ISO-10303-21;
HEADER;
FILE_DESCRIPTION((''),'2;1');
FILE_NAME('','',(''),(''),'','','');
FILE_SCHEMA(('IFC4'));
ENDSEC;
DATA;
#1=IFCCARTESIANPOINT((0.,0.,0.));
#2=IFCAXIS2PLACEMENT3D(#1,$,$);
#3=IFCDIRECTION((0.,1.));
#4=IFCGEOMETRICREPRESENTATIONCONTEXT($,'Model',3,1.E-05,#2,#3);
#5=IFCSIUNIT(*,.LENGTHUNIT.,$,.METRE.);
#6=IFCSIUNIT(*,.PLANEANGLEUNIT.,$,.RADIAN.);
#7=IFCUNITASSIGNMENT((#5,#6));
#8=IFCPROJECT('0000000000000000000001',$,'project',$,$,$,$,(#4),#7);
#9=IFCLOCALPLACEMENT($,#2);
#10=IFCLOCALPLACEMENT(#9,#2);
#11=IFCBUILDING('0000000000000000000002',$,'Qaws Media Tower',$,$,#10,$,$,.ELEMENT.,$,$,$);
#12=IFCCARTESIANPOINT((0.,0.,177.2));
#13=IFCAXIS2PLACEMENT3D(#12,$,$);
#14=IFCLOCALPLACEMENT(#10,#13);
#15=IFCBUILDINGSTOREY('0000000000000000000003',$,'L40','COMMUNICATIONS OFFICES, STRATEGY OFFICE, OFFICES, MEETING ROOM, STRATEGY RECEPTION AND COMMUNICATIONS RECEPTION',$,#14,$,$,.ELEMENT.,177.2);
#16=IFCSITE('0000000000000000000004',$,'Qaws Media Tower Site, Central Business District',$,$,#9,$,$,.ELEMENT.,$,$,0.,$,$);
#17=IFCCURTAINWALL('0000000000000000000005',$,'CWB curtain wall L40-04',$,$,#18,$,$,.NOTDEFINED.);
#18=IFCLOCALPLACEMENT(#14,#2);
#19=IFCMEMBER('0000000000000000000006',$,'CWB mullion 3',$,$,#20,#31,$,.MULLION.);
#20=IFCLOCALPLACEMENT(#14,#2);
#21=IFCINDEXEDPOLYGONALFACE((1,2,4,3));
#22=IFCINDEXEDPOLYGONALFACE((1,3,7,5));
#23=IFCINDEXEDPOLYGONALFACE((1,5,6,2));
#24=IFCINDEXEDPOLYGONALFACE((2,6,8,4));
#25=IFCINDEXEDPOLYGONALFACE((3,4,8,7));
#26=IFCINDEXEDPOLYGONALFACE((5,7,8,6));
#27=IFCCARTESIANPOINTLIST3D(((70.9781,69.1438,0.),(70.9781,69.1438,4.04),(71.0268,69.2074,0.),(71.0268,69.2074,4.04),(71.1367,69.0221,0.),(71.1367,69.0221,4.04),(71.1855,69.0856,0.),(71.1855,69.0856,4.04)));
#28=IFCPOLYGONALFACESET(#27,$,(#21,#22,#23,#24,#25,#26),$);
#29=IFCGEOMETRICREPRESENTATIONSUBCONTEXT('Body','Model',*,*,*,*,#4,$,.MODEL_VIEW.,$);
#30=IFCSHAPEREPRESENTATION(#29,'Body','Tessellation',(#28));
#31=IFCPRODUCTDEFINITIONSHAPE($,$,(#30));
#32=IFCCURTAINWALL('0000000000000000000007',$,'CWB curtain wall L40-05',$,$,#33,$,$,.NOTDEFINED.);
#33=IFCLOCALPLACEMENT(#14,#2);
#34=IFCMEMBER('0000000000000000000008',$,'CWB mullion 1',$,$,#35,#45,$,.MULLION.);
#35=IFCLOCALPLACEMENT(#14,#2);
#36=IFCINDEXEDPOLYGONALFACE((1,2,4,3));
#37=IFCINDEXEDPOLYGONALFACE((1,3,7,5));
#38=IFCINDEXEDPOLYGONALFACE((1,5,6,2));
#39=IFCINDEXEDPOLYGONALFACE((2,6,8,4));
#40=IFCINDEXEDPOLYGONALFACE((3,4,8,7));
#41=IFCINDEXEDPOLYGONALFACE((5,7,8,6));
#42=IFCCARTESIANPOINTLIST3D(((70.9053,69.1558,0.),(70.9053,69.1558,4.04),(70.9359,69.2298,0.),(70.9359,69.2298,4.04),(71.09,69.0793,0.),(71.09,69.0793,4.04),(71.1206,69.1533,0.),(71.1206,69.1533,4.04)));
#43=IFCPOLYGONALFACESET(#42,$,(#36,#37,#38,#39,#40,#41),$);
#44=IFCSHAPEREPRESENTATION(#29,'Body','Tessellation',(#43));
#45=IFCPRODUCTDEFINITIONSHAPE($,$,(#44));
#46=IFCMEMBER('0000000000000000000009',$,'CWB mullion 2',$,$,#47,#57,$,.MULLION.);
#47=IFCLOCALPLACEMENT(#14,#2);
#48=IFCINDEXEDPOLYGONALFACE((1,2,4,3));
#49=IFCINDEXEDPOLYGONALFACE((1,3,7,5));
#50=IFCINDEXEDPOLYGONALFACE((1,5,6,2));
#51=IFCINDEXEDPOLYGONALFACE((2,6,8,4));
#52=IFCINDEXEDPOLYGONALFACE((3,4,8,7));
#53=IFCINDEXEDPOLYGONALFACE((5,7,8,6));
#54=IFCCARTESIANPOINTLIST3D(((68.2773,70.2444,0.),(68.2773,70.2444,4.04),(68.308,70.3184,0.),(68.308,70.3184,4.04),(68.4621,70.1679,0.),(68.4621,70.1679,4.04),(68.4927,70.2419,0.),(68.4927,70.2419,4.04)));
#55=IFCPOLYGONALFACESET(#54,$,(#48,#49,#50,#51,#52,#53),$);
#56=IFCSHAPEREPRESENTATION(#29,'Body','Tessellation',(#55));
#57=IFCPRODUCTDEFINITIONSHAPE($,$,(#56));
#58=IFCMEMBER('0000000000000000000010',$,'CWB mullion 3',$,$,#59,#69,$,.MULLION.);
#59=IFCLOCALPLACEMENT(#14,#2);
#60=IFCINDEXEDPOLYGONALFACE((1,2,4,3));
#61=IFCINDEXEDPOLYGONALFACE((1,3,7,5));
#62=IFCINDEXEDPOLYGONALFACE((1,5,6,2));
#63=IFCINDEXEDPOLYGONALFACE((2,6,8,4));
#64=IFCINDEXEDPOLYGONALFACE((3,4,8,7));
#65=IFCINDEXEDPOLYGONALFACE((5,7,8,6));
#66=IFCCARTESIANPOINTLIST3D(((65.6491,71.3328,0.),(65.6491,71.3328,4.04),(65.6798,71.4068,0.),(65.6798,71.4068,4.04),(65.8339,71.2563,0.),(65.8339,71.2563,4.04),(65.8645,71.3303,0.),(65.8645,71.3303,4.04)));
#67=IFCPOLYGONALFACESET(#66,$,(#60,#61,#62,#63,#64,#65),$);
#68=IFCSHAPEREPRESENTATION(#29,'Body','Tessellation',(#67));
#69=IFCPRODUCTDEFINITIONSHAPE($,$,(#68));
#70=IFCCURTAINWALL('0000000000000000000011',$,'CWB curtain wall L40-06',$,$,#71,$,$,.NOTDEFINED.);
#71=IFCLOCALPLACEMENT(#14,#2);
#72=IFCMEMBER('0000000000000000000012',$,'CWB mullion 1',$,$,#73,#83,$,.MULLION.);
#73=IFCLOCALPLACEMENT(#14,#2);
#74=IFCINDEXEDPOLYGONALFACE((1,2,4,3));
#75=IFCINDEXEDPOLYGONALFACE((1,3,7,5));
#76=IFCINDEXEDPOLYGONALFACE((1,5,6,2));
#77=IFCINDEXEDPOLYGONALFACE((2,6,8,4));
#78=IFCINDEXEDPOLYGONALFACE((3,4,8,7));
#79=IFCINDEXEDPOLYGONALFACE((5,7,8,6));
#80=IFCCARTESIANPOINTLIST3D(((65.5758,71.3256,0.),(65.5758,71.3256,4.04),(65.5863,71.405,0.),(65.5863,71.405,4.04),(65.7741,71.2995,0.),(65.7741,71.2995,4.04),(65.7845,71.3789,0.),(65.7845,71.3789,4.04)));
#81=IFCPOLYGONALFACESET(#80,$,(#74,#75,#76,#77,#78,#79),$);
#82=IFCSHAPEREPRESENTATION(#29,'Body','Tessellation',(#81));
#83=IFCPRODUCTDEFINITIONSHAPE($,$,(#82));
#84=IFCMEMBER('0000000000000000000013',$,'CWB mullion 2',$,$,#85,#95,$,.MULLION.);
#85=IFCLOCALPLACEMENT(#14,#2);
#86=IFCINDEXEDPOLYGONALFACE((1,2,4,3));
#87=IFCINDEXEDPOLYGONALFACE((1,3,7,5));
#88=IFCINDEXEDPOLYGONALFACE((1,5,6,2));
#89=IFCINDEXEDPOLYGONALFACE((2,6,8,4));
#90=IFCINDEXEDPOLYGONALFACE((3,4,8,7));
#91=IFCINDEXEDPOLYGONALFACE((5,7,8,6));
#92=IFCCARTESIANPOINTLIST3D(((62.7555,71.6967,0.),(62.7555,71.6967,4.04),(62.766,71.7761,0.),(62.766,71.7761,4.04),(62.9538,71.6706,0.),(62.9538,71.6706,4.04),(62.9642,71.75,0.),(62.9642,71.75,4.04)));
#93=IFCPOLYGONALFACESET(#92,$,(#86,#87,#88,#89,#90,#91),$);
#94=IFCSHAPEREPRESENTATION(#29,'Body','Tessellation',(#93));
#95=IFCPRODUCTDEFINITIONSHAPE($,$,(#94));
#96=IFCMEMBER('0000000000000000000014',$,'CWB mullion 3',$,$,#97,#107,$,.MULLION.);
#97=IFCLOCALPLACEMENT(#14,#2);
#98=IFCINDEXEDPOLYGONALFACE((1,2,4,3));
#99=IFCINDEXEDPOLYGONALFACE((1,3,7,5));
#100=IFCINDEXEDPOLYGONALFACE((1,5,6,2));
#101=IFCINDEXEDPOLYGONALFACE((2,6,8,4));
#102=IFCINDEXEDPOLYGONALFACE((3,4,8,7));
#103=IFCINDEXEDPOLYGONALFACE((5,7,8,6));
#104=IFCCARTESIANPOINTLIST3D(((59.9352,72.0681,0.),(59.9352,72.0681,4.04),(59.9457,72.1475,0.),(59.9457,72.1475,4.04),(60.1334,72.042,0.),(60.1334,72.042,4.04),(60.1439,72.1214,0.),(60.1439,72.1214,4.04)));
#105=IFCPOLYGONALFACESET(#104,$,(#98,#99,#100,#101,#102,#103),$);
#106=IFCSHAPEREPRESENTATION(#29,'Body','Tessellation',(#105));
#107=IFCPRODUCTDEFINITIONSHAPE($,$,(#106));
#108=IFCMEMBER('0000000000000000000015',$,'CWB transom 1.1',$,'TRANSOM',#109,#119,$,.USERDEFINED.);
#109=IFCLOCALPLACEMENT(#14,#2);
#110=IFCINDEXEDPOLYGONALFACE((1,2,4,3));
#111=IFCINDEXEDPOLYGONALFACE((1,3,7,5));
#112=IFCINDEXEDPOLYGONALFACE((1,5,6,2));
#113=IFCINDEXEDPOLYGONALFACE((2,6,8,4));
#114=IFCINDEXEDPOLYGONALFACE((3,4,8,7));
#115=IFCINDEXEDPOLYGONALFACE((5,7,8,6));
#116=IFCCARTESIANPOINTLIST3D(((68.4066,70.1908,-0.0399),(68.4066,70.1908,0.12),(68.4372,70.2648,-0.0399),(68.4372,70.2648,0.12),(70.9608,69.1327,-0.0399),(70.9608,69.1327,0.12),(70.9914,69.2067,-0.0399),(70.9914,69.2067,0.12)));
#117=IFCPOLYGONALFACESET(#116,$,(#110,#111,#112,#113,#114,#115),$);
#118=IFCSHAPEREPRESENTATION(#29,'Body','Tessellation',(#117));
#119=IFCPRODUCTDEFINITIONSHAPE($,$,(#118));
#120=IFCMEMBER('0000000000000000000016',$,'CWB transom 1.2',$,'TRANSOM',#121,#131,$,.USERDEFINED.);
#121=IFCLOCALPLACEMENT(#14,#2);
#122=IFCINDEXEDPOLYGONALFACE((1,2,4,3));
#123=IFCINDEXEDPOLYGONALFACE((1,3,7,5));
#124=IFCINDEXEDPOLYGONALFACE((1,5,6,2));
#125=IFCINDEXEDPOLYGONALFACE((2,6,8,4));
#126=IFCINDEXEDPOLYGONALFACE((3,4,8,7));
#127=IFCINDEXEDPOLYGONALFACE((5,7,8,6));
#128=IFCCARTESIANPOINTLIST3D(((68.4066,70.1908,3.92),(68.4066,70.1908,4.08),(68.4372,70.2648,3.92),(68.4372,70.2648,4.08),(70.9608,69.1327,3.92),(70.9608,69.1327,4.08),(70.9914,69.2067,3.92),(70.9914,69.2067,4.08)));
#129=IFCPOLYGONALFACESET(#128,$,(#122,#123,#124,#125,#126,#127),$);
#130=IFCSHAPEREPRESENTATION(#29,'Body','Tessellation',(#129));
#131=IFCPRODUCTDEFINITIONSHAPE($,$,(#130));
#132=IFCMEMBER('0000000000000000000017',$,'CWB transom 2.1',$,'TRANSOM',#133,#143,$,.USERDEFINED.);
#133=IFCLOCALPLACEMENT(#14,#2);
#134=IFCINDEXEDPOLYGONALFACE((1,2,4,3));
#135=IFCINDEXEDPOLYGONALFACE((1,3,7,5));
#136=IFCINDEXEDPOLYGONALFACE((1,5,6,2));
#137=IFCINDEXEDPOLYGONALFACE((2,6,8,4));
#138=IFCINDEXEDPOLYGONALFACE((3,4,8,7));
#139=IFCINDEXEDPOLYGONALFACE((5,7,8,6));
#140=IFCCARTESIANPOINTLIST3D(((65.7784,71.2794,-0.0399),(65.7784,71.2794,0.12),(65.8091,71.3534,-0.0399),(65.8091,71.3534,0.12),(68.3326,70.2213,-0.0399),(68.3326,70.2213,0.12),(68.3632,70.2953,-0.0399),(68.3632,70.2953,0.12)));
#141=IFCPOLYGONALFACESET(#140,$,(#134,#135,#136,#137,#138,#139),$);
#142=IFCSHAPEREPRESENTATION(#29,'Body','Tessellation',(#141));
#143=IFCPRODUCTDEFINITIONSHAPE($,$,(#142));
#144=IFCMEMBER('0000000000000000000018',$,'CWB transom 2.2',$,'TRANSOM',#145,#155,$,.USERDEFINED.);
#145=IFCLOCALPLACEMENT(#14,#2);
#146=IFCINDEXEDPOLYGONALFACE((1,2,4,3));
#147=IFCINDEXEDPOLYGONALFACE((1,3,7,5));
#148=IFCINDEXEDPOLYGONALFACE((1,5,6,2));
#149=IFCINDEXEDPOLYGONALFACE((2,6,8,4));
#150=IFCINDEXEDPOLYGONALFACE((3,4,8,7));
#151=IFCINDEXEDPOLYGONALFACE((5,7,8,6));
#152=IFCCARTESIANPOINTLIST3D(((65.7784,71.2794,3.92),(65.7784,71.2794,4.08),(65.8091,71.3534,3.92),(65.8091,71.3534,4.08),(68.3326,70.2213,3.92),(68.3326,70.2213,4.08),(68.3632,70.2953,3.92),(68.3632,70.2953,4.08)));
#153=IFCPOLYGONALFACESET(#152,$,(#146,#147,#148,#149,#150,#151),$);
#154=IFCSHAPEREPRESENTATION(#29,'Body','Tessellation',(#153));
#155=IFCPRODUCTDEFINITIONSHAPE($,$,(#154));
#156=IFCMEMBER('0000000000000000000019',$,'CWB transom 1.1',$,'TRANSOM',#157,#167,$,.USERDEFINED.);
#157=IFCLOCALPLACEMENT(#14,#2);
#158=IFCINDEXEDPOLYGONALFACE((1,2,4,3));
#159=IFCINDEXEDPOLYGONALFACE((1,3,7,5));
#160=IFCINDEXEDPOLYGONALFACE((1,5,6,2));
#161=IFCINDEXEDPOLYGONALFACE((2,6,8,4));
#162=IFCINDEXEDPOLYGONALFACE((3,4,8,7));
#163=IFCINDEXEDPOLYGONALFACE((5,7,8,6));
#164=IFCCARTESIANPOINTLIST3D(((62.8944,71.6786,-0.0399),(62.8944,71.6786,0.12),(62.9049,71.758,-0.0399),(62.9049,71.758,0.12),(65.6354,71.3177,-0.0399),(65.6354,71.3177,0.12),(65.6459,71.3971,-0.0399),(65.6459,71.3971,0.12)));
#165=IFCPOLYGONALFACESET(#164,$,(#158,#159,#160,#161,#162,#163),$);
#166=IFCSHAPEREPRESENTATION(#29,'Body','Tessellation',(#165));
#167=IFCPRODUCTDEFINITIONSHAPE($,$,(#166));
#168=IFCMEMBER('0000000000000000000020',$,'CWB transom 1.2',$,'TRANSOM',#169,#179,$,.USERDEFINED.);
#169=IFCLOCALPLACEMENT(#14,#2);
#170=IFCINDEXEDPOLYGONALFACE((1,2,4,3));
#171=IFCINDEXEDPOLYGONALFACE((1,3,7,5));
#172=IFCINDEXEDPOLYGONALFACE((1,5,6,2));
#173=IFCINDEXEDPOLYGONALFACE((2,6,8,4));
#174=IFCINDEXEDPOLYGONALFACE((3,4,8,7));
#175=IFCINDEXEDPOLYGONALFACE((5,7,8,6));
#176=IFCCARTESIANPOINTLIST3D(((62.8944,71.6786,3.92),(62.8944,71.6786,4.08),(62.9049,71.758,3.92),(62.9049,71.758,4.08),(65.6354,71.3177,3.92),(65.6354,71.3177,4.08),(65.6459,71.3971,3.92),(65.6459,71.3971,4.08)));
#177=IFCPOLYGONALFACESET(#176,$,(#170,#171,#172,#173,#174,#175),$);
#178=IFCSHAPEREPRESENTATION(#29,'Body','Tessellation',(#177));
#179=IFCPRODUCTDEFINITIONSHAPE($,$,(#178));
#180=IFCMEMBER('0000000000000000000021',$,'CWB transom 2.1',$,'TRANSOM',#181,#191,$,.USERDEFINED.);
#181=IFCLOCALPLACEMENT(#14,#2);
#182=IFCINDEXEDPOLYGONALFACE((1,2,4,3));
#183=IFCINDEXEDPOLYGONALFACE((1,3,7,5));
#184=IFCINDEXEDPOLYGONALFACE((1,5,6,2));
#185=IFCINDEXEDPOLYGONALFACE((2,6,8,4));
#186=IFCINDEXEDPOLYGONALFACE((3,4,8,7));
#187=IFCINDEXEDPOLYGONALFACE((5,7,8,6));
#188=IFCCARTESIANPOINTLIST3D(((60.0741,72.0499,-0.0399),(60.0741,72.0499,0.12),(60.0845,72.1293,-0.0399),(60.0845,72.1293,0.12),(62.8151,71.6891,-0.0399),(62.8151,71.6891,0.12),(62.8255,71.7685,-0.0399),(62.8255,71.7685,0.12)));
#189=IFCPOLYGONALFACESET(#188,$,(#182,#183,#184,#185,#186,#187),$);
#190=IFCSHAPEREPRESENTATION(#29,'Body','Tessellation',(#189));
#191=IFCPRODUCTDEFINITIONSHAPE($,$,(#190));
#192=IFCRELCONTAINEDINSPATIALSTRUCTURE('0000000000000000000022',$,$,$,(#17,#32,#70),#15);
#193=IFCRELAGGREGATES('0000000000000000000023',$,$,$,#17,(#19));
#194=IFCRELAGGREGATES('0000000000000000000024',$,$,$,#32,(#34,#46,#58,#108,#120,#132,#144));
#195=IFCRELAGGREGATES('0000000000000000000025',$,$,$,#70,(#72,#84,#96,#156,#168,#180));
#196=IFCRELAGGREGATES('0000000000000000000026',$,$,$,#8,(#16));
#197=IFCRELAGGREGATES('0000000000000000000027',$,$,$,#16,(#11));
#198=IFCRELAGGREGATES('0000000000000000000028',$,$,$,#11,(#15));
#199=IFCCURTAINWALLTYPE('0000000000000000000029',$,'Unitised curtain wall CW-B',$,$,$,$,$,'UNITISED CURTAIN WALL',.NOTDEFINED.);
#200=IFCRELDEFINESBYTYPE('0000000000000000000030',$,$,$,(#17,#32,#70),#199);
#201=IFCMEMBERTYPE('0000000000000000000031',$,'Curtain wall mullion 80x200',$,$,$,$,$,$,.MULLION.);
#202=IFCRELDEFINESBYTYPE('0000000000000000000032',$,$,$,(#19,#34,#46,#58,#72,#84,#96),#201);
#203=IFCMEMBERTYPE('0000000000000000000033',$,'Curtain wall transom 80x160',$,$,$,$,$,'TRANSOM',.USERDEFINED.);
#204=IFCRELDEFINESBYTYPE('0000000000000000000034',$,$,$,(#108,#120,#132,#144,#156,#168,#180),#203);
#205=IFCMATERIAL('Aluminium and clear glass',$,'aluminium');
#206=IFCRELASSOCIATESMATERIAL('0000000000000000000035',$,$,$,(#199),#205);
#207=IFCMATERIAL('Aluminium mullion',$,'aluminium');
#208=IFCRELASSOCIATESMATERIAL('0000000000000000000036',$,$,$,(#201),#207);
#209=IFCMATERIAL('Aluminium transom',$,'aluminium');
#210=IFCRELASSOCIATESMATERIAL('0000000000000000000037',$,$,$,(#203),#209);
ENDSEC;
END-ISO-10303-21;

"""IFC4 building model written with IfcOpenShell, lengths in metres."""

from ifc_helpers import new_model, si_unit, direction, frame, origin, origin_2d, place, context, subcontext, project, spatial, rectangle, extrude, material, material_profile, profile_set, type_object, element, aggregate, save


model = new_model("IFC4")

# Units and contexts
model_context = context("Model", 3, precision=1e-05, world=origin(), true_north=direction((0.0, 1.0)))
body_context = subcontext(model_context, "Body", "Model", "MODEL_VIEW")
ifc_project = project(units=[si_unit("LENGTHUNIT", "METRE"), si_unit("PLANEANGLEUNIT", "RADIAN")], contexts=[model_context])

# Site, building, storey
site_placement = place(None, origin())
site = spatial("IfcSite", under=ifc_project, at=site_placement, Name="Qaws Media Tower Site, Central Business District", CompositionType="ELEMENT", RefElevation=0.0)
building_placement = place(site_placement, origin())
building = spatial("IfcBuilding", under=site, at=building_placement, Name="Qaws Media Tower", CompositionType="ELEMENT")
storey_placement = place(building_placement, frame((0.0, 0.0, 177.2)))
storey = spatial("IfcBuildingStorey", under=building, at=storey_placement, Name="L40", Description="COMMUNICATIONS OFFICES, STRATEGY OFFICE, OFFICES, MEETING ROOM, STRATEGY RECEPTION AND COMMUNICATIONS RECEPTION", CompositionType="ELEMENT", Elevation=177.2)

# Curtain wall, member
ifc_material_1 = material(Name="Aluminium and clear glass", Category="aluminium")
curtain_wall_type = type_object("IfcCurtainWallType", Name="Unitised curtain wall CW-B", ElementType="UNITISED CURTAIN WALL", PredefinedType="NOTDEFINED", material=ifc_material_1)
curtain_wall_1_placement = place(storey_placement, origin())
curtain_wall_1 = element("IfcCurtainWall", 1, at=curtain_wall_1_placement, inside=storey, type_object=curtain_wall_type, Name="CWB curtain wall L40-04", PredefinedType="NOTDEFINED")
ifc_material_2 = material(Name="Aluminium mullion", Category="aluminium")
ifc_material_profile_1 = material_profile(ifc_material_2, rectangle(XDim=0.0801, YDim=0.2, at=origin_2d()), Name="80x200")
ifc_profile_set_1 = profile_set([ifc_material_profile_1], Name="Aluminium mullion")
member_type_1 = type_object("IfcMemberType", Name="Curtain wall mullion 80x200", PredefinedType="MULLION", material=ifc_profile_set_1)
member_1_placement = place(storey_placement, frame((71.0818, 69.1147, 0.0), z_axis=(0.0, 0.0, 1.0), x_axis=(-0.608761, -0.793353, 0.0)))
member_1 = element("IfcMember", 2, at=member_1_placement, type_object=member_type_1, Name="CWB mullion 3", PredefinedType="MULLION", context=body_context, shape_type="SweptSolid", body=[
    extrude(rectangle(XDim=0.0801, YDim=0.2, at=origin_2d()), origin(), (0.0, 0.0, 1.0), 4.04),
])
aggregate(curtain_wall_1, [member_1])

# Curtain walls, members
curtain_wall_2_placement = place(storey_placement, origin())
curtain_wall_2 = element("IfcCurtainWall", 3, at=curtain_wall_2_placement, inside=storey, type_object=curtain_wall_type, Name="CWB curtain wall L40-05", PredefinedType="NOTDEFINED")
member_2_placement = place(storey_placement, frame((71.0129, 69.1545, 0.0), z_axis=(0.0, 0.0, 1.0), x_axis=(-0.382684, -0.923879, 0.0)))
member_2 = element("IfcMember", 4, at=member_2_placement, type_object=member_type_1, Name="CWB mullion 1", PredefinedType="MULLION", context=body_context, shape_type="SweptSolid", body=[
    extrude(rectangle(XDim=0.0801, YDim=0.2, at=origin_2d()), origin(), (0.0, 0.0, 1.0), 4.04),
])
member_3_placement = place(storey_placement, frame((68.385, 70.2432, 0.0), z_axis=(0.0, 0.0, 1.0), x_axis=(-0.382684, -0.923879, 0.0)))
member_3 = element("IfcMember", 5, at=member_3_placement, type_object=member_type_1, Name="CWB mullion 2", PredefinedType="MULLION", context=body_context, shape_type="SweptSolid", body=[
    extrude(rectangle(XDim=0.0801, YDim=0.2, at=origin_2d()), origin(), (0.0, 0.0, 1.0), 4.04),
])
member_4_placement = place(storey_placement, frame((65.7568, 71.3315, 0.0), z_axis=(0.0, 0.0, 1.0), x_axis=(-0.382684, -0.923879, 0.0)))
member_4 = element("IfcMember", 6, at=member_4_placement, type_object=member_type_1, Name="CWB mullion 3", PredefinedType="MULLION", context=body_context, shape_type="SweptSolid", body=[
    extrude(rectangle(XDim=0.0801, YDim=0.2, at=origin_2d()), origin(), (0.0, 0.0, 1.0), 4.04),
])
curtain_wall_3_placement = place(storey_placement, origin())
curtain_wall_3 = element("IfcCurtainWall", 7, at=curtain_wall_3_placement, inside=storey, type_object=curtain_wall_type, Name="CWB curtain wall L40-06", PredefinedType="NOTDEFINED")
member_5_placement = place(storey_placement, frame((65.6802, 71.3523, 0.0), z_axis=(0.0, 0.0, 1.0), x_axis=(-0.130526, -0.991445, 0.0)))
member_5 = element("IfcMember", 8, at=member_5_placement, type_object=member_type_1, Name="CWB mullion 1", PredefinedType="MULLION", context=body_context, shape_type="SweptSolid", body=[
    extrude(rectangle(XDim=0.0801, YDim=0.2, at=origin_2d()), origin(), (0.0, 0.0, 1.0), 4.04),
])
member_6_placement = place(storey_placement, frame((62.8599, 71.7234, 0.0), z_axis=(0.0, 0.0, 1.0), x_axis=(-0.130526, -0.991445, 0.0)))
member_6 = element("IfcMember", 9, at=member_6_placement, type_object=member_type_1, Name="CWB mullion 2", PredefinedType="MULLION", context=body_context, shape_type="SweptSolid", body=[
    extrude(rectangle(XDim=0.0801, YDim=0.2, at=origin_2d()), origin(), (0.0, 0.0, 1.0), 4.04),
])
member_7_placement = place(storey_placement, frame((60.0396, 72.0947, 0.0), z_axis=(0.0, 0.0, 1.0), x_axis=(-0.130526, -0.991445, 0.0)))
member_7 = element("IfcMember", 10, at=member_7_placement, type_object=member_type_1, Name="CWB mullion 3", PredefinedType="MULLION", context=body_context, shape_type="SweptSolid", body=[
    extrude(rectangle(XDim=0.0801, YDim=0.2, at=origin_2d()), origin(), (0.0, 0.0, 1.0), 4.04),
])

# Members
ifc_material_3 = material(Name="Aluminium transom", Category="aluminium")
ifc_material_profile_2 = material_profile(ifc_material_3, rectangle(XDim=0.0801, YDim=0.1599, at=origin_2d()), Name="80x160")
ifc_profile_set_2 = profile_set([ifc_material_profile_2], Name="Aluminium transom")
member_type_2 = type_object("IfcMemberType", Name="Curtain wall transom 80x160", ElementType="TRANSOM", PredefinedType="USERDEFINED", material=ifc_profile_set_2)
member_8_placement = place(storey_placement, frame((70.9761, 69.1697, 0.04), z_axis=(-0.923864, 0.382721, 0.0), x_axis=(-0.382721, -0.923864, 0.0)))
member_8 = element("IfcMember", 11, at=member_8_placement, type_object=member_type_2, Name="CWB transom 1.1", ObjectType="TRANSOM", PredefinedType="USERDEFINED", context=body_context, shape_type="SweptSolid", body=[
    extrude(rectangle(XDim=0.0801, YDim=0.1599, at=origin_2d()), origin(), (0.0, 0.0, 1.0), 2.7646),
])
member_9_placement = place(storey_placement, frame((70.9761, 69.1697, 4.0), z_axis=(-0.923864, 0.382721, 0.0), x_axis=(-0.382721, -0.923864, 0.0)))
member_9 = element("IfcMember", 12, at=member_9_placement, type_object=member_type_2, Name="CWB transom 1.2", ObjectType="TRANSOM", PredefinedType="USERDEFINED", context=body_context, shape_type="SweptSolid", body=[
    extrude(rectangle(XDim=0.0801, YDim=0.1599, at=origin_2d()), origin(), (0.0, 0.0, 1.0), 2.7646),
])
member_10_placement = place(storey_placement, frame((68.3479, 70.2583, 0.04), z_axis=(-0.923864, 0.382721, 0.0), x_axis=(-0.382721, -0.923864, 0.0)))
member_10 = element("IfcMember", 13, at=member_10_placement, type_object=member_type_2, Name="CWB transom 2.1", ObjectType="TRANSOM", PredefinedType="USERDEFINED", context=body_context, shape_type="SweptSolid", body=[
    extrude(rectangle(XDim=0.0801, YDim=0.1599, at=origin_2d()), origin(), (0.0, 0.0, 1.0), 2.7646),
])
member_11_placement = place(storey_placement, frame((68.3479, 70.2583, 4.0), z_axis=(-0.923864, 0.382721, 0.0), x_axis=(-0.382721, -0.923864, 0.0)))
member_11 = element("IfcMember", 14, at=member_11_placement, type_object=member_type_2, Name="CWB transom 2.2", ObjectType="TRANSOM", PredefinedType="USERDEFINED", context=body_context, shape_type="SweptSolid", body=[
    extrude(rectangle(XDim=0.0801, YDim=0.1599, at=origin_2d()), origin(), (0.0, 0.0, 1.0), 2.7646),
])
member_12_placement = place(storey_placement, frame((65.6406, 71.3574, 0.04), z_axis=(-0.991446, 0.130521, 0.0), x_axis=(-0.130521, -0.991446, 0.0)))
member_12 = element("IfcMember", 15, at=member_12_placement, type_object=member_type_2, Name="CWB transom 1.1", ObjectType="TRANSOM", PredefinedType="USERDEFINED", context=body_context, shape_type="SweptSolid", body=[
    extrude(rectangle(XDim=0.0801, YDim=0.1599, at=origin_2d()), origin(), (0.0, 0.0, 1.0), 2.7646),
])
member_13_placement = place(storey_placement, frame((65.6406, 71.3574, 4.0), z_axis=(-0.991446, 0.130521, 0.0), x_axis=(-0.130521, -0.991446, 0.0)))
member_13 = element("IfcMember", 16, at=member_13_placement, type_object=member_type_2, Name="CWB transom 1.2", ObjectType="TRANSOM", PredefinedType="USERDEFINED", context=body_context, shape_type="SweptSolid", body=[
    extrude(rectangle(XDim=0.0801, YDim=0.1599, at=origin_2d()), origin(), (0.0, 0.0, 1.0), 2.7646),
])
member_14_placement = place(storey_placement, frame((62.8203, 71.7288, 0.04), z_axis=(-0.991446, 0.130521, 0.0), x_axis=(-0.130521, -0.991446, 0.0)))
member_14 = element("IfcMember", 17, at=member_14_placement, type_object=member_type_2, Name="CWB transom 2.1", ObjectType="TRANSOM", PredefinedType="USERDEFINED", context=body_context, shape_type="SweptSolid", body=[
    extrude(rectangle(XDim=0.0801, YDim=0.1599, at=origin_2d()), origin(), (0.0, 0.0, 1.0), 2.7646),
])

aggregate(curtain_wall_2, [member_2, member_3, member_4, member_8, member_9, member_10, member_11])
aggregate(curtain_wall_3, [member_5, member_6, member_7, member_12, member_13, member_14])

save(model, "model.ifc")
